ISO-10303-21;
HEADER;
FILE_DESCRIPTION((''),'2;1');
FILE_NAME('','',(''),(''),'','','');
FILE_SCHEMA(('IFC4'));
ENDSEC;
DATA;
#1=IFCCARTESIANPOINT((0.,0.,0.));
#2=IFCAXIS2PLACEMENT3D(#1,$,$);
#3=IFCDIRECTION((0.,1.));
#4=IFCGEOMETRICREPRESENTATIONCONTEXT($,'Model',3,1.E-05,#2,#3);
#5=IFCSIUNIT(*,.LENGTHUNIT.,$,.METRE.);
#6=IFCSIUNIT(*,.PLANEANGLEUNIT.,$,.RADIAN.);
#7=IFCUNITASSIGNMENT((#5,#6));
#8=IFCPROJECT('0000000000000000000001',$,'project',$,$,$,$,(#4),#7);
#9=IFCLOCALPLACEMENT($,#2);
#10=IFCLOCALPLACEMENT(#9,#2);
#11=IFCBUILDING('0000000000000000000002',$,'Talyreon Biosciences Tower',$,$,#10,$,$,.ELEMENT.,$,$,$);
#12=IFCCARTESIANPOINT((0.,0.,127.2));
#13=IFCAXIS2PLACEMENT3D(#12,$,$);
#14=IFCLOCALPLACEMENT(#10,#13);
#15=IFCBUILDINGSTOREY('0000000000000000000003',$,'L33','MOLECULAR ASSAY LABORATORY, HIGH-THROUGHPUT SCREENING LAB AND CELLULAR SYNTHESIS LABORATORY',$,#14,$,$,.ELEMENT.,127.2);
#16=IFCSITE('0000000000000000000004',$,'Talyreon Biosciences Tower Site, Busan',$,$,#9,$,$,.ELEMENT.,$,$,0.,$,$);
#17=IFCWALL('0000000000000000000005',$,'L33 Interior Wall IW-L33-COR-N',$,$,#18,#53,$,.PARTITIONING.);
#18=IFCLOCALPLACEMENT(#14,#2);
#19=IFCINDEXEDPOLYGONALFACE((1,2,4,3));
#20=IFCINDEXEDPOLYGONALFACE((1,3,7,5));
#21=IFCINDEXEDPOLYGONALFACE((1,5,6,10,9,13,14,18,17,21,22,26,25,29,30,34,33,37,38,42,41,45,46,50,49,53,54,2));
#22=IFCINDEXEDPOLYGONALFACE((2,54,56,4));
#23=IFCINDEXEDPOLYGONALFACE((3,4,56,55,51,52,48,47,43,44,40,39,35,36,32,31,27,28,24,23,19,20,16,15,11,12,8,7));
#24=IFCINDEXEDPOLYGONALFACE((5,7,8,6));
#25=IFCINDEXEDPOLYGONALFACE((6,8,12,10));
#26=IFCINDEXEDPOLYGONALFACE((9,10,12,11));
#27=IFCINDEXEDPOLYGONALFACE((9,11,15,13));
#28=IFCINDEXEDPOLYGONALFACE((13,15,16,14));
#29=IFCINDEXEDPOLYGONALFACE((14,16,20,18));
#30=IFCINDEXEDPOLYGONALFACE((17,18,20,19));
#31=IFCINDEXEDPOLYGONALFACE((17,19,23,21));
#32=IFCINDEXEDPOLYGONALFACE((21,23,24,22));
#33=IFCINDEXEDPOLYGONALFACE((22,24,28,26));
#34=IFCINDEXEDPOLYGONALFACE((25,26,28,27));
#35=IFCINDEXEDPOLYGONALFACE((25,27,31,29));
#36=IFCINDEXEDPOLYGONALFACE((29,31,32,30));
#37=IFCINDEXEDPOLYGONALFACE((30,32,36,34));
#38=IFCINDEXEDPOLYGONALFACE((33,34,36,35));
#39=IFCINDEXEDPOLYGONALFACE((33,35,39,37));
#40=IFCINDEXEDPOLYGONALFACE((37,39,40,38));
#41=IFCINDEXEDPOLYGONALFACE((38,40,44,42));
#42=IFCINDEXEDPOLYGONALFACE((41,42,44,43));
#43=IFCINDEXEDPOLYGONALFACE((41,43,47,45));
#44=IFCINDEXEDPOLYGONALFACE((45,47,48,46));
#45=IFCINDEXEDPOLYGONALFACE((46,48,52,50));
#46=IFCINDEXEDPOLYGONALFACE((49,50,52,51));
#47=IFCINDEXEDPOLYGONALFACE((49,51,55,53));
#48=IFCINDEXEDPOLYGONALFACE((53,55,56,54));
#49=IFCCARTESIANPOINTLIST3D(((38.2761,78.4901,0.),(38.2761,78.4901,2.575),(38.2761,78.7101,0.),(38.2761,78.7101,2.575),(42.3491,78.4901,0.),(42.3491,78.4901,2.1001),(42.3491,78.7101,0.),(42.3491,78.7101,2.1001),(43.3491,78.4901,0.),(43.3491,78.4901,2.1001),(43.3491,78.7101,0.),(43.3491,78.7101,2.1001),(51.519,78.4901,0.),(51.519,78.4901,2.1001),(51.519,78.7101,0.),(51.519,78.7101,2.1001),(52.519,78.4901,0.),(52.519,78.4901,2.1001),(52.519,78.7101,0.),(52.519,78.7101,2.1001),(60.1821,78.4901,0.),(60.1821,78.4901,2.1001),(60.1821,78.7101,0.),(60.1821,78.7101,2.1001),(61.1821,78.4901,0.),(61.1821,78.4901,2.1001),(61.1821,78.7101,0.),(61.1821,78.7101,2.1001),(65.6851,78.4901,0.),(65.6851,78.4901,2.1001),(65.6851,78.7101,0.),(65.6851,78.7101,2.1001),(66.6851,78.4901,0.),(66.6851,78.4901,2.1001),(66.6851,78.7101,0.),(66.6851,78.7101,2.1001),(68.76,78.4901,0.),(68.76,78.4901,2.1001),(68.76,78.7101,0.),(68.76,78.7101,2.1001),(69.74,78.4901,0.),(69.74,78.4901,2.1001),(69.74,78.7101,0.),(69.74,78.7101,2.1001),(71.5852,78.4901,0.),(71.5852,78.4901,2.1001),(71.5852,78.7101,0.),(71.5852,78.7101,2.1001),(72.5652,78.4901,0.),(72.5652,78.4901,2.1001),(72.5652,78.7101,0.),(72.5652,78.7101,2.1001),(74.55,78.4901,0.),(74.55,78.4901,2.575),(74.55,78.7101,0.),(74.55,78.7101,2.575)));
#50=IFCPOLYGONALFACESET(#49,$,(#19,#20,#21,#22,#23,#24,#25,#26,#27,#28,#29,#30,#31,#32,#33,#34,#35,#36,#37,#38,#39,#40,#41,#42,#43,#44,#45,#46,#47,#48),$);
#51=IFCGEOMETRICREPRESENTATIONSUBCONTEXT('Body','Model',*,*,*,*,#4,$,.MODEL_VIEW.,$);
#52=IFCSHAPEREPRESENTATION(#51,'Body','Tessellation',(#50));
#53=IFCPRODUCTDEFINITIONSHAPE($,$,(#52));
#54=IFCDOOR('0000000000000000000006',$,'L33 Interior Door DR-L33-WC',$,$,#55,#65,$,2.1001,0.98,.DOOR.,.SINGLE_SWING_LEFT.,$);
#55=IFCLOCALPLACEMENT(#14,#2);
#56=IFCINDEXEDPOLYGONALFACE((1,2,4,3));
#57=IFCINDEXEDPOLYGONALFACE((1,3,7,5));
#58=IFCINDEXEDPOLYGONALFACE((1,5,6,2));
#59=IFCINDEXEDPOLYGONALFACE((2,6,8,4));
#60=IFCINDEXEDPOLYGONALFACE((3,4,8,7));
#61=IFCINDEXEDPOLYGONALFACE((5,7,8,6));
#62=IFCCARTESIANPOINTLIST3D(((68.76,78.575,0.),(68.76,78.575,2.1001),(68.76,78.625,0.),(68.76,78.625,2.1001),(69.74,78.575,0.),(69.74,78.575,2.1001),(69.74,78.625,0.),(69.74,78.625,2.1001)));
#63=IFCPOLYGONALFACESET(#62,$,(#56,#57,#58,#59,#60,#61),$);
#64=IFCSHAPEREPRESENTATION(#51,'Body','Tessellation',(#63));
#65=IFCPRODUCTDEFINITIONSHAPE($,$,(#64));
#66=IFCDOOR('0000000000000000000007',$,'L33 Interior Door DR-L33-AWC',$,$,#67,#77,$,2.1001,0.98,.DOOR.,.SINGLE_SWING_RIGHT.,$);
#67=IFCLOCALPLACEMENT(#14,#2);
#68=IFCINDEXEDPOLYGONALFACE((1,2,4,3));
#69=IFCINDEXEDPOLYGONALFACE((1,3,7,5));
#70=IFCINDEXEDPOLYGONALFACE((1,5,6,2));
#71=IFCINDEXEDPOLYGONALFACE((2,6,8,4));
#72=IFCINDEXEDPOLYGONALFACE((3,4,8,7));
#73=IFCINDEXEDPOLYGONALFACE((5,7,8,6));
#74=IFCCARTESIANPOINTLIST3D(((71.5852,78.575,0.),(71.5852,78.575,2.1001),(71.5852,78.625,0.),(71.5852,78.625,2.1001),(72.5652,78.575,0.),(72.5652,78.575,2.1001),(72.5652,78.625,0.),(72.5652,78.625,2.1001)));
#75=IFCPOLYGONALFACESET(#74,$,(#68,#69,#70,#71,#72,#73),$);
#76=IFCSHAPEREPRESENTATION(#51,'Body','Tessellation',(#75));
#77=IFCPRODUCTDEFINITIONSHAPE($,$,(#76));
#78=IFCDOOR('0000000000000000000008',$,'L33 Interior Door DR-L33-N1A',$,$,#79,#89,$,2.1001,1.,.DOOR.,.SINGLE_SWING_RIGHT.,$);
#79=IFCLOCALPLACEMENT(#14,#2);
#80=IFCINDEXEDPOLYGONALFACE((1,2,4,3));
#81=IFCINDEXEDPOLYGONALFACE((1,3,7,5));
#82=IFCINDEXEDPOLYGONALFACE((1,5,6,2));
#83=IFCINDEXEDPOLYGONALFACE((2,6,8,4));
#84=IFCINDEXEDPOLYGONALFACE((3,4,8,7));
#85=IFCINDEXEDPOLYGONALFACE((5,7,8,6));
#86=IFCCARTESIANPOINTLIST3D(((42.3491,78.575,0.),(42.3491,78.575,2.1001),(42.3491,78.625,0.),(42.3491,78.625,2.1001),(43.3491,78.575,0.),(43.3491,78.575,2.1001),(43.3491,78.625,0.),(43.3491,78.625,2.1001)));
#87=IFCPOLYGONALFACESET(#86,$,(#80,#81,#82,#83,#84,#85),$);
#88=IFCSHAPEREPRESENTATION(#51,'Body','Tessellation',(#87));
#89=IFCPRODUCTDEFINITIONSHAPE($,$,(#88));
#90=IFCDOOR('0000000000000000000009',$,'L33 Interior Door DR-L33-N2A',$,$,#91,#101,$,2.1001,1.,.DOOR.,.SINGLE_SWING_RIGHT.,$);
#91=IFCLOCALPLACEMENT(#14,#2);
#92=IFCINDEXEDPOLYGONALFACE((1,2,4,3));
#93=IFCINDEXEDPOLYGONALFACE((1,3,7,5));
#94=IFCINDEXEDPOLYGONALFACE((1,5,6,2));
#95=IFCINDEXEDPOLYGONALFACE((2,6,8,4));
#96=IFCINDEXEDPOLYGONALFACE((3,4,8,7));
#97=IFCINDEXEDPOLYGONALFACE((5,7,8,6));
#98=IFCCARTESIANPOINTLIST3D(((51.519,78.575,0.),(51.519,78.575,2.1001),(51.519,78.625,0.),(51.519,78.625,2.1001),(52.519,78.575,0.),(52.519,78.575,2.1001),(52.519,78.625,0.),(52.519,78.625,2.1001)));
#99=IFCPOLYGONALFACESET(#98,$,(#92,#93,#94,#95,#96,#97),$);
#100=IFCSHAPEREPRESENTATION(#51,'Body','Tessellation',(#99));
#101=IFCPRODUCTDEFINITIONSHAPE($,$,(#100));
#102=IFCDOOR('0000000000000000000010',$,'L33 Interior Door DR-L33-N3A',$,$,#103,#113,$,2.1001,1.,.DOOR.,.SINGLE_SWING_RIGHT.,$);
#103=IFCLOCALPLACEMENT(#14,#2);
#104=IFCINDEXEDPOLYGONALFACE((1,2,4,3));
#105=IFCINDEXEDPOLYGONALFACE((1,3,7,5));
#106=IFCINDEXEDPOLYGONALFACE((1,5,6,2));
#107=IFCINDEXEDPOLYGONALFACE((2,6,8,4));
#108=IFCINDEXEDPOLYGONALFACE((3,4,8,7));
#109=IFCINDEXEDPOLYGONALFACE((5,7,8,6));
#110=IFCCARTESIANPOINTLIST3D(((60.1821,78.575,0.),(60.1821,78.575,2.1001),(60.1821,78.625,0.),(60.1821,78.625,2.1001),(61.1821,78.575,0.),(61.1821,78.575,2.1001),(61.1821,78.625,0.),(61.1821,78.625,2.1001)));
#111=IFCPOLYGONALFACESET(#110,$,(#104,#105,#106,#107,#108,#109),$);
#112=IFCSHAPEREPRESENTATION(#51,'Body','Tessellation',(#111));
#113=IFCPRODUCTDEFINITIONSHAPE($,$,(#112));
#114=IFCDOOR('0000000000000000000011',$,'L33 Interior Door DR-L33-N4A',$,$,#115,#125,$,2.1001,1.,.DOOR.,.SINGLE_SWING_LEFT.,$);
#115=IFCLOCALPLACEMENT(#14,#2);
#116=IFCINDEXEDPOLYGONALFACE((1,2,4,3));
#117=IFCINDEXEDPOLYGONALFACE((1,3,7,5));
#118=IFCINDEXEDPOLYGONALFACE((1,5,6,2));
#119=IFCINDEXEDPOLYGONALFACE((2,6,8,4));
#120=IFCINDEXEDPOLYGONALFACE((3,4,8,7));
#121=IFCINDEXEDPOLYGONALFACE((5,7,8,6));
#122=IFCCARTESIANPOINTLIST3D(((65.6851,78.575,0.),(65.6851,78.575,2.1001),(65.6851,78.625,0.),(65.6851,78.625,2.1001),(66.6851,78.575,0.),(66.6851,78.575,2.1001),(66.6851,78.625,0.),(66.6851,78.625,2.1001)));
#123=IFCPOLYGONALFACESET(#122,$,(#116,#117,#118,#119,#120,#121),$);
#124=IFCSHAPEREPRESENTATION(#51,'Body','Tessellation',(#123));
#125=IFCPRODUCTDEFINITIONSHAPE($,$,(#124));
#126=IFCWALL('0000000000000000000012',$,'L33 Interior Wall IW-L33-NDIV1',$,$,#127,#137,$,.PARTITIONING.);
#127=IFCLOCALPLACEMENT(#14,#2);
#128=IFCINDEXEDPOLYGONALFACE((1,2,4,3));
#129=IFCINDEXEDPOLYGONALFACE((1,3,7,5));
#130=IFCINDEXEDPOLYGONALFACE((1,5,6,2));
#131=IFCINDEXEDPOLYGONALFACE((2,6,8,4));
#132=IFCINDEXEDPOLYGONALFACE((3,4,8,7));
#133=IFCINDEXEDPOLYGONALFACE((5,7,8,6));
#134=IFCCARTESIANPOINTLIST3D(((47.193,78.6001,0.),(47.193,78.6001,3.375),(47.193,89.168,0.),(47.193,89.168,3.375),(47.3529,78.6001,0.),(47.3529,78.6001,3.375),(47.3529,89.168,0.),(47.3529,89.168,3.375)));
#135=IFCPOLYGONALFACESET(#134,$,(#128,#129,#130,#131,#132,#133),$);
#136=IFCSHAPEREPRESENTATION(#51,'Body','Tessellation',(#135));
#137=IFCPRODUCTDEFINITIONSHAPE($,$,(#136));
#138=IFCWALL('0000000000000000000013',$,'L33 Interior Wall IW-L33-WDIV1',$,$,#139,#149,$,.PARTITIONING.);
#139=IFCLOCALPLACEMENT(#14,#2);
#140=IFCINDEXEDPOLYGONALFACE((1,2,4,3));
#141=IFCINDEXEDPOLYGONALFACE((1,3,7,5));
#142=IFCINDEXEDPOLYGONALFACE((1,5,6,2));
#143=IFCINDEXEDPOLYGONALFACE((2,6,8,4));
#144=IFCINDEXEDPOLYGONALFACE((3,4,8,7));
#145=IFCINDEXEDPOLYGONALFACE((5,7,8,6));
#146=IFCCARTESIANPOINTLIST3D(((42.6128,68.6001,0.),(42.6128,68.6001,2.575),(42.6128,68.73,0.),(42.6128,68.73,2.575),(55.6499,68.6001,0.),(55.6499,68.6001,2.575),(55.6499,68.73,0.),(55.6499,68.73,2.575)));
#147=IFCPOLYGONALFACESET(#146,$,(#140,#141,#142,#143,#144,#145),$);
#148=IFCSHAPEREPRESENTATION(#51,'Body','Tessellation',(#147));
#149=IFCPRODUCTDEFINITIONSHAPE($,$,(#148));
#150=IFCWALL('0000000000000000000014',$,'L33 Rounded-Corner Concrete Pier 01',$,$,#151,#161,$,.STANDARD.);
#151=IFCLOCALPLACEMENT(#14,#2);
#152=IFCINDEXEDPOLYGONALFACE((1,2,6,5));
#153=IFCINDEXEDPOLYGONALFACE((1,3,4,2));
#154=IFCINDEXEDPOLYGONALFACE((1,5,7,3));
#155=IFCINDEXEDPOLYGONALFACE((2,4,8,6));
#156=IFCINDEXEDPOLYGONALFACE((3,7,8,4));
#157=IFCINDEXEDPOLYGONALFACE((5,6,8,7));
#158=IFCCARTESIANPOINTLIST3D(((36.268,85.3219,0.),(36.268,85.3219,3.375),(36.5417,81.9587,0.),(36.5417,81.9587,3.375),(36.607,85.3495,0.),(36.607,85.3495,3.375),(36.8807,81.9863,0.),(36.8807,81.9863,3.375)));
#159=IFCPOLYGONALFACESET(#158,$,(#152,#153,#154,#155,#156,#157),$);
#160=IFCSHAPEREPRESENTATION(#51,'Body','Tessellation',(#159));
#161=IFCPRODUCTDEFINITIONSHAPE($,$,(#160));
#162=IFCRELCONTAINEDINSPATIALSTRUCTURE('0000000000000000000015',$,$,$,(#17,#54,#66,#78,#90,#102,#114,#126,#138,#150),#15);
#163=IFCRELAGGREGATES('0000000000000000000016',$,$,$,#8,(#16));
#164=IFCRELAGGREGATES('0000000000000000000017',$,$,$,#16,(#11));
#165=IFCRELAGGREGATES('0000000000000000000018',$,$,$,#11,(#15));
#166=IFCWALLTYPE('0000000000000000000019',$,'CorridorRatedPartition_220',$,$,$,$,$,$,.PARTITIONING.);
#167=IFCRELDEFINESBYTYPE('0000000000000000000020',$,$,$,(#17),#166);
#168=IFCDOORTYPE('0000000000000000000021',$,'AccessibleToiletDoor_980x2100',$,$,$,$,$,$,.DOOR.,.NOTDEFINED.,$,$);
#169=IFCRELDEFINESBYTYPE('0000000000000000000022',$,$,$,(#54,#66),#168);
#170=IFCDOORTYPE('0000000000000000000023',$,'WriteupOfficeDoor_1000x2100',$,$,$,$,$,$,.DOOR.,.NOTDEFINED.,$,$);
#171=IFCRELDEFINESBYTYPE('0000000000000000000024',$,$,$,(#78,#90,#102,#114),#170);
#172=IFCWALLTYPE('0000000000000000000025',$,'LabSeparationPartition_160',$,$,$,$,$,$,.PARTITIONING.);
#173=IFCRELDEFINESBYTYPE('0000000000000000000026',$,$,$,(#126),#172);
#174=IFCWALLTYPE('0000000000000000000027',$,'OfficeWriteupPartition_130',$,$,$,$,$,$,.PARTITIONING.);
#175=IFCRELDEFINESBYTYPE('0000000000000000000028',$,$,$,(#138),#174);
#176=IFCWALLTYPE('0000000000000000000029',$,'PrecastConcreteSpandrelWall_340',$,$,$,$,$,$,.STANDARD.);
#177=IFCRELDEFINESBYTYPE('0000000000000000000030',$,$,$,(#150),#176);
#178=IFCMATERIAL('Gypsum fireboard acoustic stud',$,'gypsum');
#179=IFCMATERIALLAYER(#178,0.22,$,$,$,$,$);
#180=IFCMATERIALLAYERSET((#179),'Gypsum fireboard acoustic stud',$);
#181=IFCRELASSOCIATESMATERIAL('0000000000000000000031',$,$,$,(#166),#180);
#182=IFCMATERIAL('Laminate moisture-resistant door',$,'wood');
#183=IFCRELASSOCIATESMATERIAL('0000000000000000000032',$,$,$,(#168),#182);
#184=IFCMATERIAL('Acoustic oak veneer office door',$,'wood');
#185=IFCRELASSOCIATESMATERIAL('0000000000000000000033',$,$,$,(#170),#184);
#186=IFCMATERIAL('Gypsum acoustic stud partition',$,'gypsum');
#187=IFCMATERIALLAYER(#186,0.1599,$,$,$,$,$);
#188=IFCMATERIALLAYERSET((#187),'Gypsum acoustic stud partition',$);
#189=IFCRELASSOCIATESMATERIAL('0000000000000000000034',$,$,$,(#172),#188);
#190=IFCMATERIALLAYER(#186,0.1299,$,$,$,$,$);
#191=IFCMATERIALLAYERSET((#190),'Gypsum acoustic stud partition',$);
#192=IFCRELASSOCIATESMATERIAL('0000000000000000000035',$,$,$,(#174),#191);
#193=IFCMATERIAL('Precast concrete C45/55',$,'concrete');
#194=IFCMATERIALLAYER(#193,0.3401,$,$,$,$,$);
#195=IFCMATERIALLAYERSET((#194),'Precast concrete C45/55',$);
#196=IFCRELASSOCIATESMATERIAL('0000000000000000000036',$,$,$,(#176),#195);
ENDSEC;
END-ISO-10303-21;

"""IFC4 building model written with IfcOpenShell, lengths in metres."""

from ifc_helpers import new_model, si_unit, direction, frame, frame_2d, origin, place, context, subcontext, project, spatial, rectangle, extrude, material, layer, layer_set, type_object, element, fill, save


model = new_model("IFC4")

# Units and contexts
model_context = context("Model", 3, precision=1e-05, world=origin(), true_north=direction((0.0, 1.0)))
body_context = subcontext(model_context, "Body", "Model", "MODEL_VIEW")
ifc_project = project(units=[si_unit("LENGTHUNIT", "METRE"), si_unit("PLANEANGLEUNIT", "RADIAN")], contexts=[model_context])

# Site, building, storey
site_placement = place(None, origin())
site = spatial("IfcSite", under=ifc_project, at=site_placement, Name="Talyreon Biosciences Tower Site, Busan", CompositionType="ELEMENT", RefElevation=0.0)
building_placement = place(site_placement, origin())
building = spatial("IfcBuilding", under=site, at=building_placement, Name="Talyreon Biosciences Tower", CompositionType="ELEMENT")
storey_placement = place(building_placement, frame((0.0, 0.0, 127.2)))
storey = spatial("IfcBuildingStorey", under=building, at=storey_placement, Name="L33", Description="MOLECULAR ASSAY LABORATORY, HIGH-THROUGHPUT SCREENING LAB AND CELLULAR SYNTHESIS LABORATORY", CompositionType="ELEMENT", Elevation=127.2)

# Shared definitions
ifc_material_1 = material(Name="Precast concrete C45/55", Category="concrete")

# Wall, openings, doors
ifc_material_2 = material(Name="Gypsum fireboard acoustic stud", Category="gypsum")
ifc_layer_1 = layer(ifc_material_2, 0.22)
ifc_layer_set_1 = layer_set([ifc_layer_1], Name="Gypsum fireboard acoustic stud")
wall_type_1 = type_object("IfcWallType", Name="CorridorRatedPartition_220", PredefinedType="PARTITIONING", material=ifc_layer_set_1)
wall_1_placement = place(storey_placement, frame((38.2761, 78.6001, 0.0), z_axis=(0.0, 0.0, 1.0), x_axis=(1.0, 0.0, 0.0)))
wall_1 = element("IfcWall", 1, at=wall_1_placement, inside=storey, type_object=wall_type_1, Name="L33 Interior Wall IW-L33-COR-N", PredefinedType="PARTITIONING", context=body_context, shape_type="SweptSolid", body=[
    extrude(rectangle(XDim=36.2739, YDim=0.22, at=frame_2d((18.137, 0.0))), origin(), (0.0, 0.0, 1.0), 2.575),
])
opening_1_placement = place(wall_1_placement, frame((30.4839, 0.0, 0.0)))
opening_1 = element("IfcOpeningElement", 2, at=opening_1_placement, cuts=wall_1, PredefinedType="OPENING", context=body_context, shape_type="SweptSolid", body=[
    extrude(rectangle(XDim=0.98, YDim=2.1001, at=frame_2d((0.49, 1.05))), frame((0.0, 0.1199, 0.0), z_axis=(0.0, -1.0, 0.0), x_axis=(1.0, 0.0, 0.0)), (0.0, 0.0, 1.0), 0.24),
])
opening_2_placement = place(wall_1_placement, frame((33.3091, 0.0, 0.0)))
opening_2 = element("IfcOpeningElement", 3, at=opening_2_placement, cuts=wall_1, PredefinedType="OPENING", context=body_context, shape_type="SweptSolid", body=[
    extrude(rectangle(XDim=0.98, YDim=2.1001, at=frame_2d((0.49, 1.05))), frame((0.0, 0.1199, 0.0), z_axis=(0.0, -1.0, 0.0), x_axis=(1.0, 0.0, 0.0)), (0.0, 0.0, 1.0), 0.24),
])
opening_3_placement = place(wall_1_placement, frame((4.073, 0.0, 0.0)))
opening_3 = element("IfcOpeningElement", 4, at=opening_3_placement, cuts=wall_1, PredefinedType="OPENING", context=body_context, shape_type="SweptSolid", body=[
    extrude(rectangle(XDim=1.0, YDim=2.1001, at=frame_2d((0.5, 1.05))), frame((0.0, 0.1199, 0.0), z_axis=(0.0, -1.0, 0.0), x_axis=(1.0, 0.0, 0.0)), (0.0, 0.0, 1.0), 0.24),
])
opening_4_placement = place(wall_1_placement, frame((13.2429, 0.0, 0.0)))
opening_4 = element("IfcOpeningElement", 5, at=opening_4_placement, cuts=wall_1, PredefinedType="OPENING", context=body_context, shape_type="SweptSolid", body=[
    extrude(rectangle(XDim=1.0, YDim=2.1001, at=frame_2d((0.5, 1.05))), frame((0.0, 0.1199, 0.0), z_axis=(0.0, -1.0, 0.0), x_axis=(1.0, 0.0, 0.0)), (0.0, 0.0, 1.0), 0.24),
])
opening_5_placement = place(wall_1_placement, frame((21.906, 0.0, 0.0)))
opening_5 = element("IfcOpeningElement", 6, at=opening_5_placement, cuts=wall_1, PredefinedType="OPENING", context=body_context, shape_type="SweptSolid", body=[
    extrude(rectangle(XDim=1.0, YDim=2.1001, at=frame_2d((0.5, 1.05))), frame((0.0, 0.1199, 0.0), z_axis=(0.0, -1.0, 0.0), x_axis=(1.0, 0.0, 0.0)), (0.0, 0.0, 1.0), 0.24),
])
opening_6_placement = place(wall_1_placement, frame((27.4089, 0.0, 0.0)))
opening_6 = element("IfcOpeningElement", 7, at=opening_6_placement, cuts=wall_1, PredefinedType="OPENING", context=body_context, shape_type="SweptSolid", body=[
    extrude(rectangle(XDim=1.0, YDim=2.1001, at=frame_2d((0.5, 1.05))), frame((0.0, 0.1199, 0.0), z_axis=(0.0, -1.0, 0.0), x_axis=(1.0, 0.0, 0.0)), (0.0, 0.0, 1.0), 0.24),
])
ifc_material_3 = material(Name="Laminate moisture-resistant door", Category="wood")
door_type_1 = type_object("IfcDoorType", Name="AccessibleToiletDoor_980x2100", OperationType="NOTDEFINED", PredefinedType="DOOR", material=ifc_material_3)
door_1_placement = place(opening_1_placement, origin())
door_1 = element("IfcDoor", 8, at=door_1_placement, inside=storey, type_object=door_type_1, Name="L33 Interior Door DR-L33-WC", OperationType="SINGLE_SWING_LEFT", OverallHeight=2.1001, OverallWidth=0.98, PredefinedType="DOOR", context=body_context, shape_type="SweptSolid", body=[
    extrude(rectangle(XDim=0.98, YDim=2.1001, at=frame_2d((0.49, 1.05))), frame((0.0, 0.0249, 0.0), z_axis=(0.0, -1.0, 0.0), x_axis=(1.0, 0.0, 0.0)), (0.0, 0.0, 1.0), 0.05),
])
fill(opening_1, door_1)
door_2_placement = place(opening_2_placement, origin())
door_2 = element("IfcDoor", 9, at=door_2_placement, inside=storey, type_object=door_type_1, Name="L33 Interior Door DR-L33-AWC", OperationType="SINGLE_SWING_RIGHT", OverallHeight=2.1001, OverallWidth=0.98, PredefinedType="DOOR", context=body_context, shape_type="SweptSolid", body=[
    extrude(rectangle(XDim=0.98, YDim=2.1001, at=frame_2d((0.49, 1.05))), frame((0.0, 0.0249, 0.0), z_axis=(0.0, -1.0, 0.0), x_axis=(1.0, 0.0, 0.0)), (0.0, 0.0, 1.0), 0.05),
])
fill(opening_2, door_2)
ifc_material_4 = material(Name="Acoustic oak veneer office door", Category="wood")
door_type_2 = type_object("IfcDoorType", Name="WriteupOfficeDoor_1000x2100", OperationType="NOTDEFINED", PredefinedType="DOOR", material=ifc_material_4)
door_3_placement = place(opening_3_placement, origin())
door_3 = element("IfcDoor", 10, at=door_3_placement, inside=storey, type_object=door_type_2, Name="L33 Interior Door DR-L33-N1A", OperationType="SINGLE_SWING_RIGHT", OverallHeight=2.1001, OverallWidth=1.0, PredefinedType="DOOR", context=body_context, shape_type="SweptSolid", body=[
    extrude(rectangle(XDim=1.0, YDim=2.1001, at=frame_2d((0.5, 1.05))), frame((0.0, 0.0249, 0.0), z_axis=(0.0, -1.0, 0.0), x_axis=(1.0, 0.0, 0.0)), (0.0, 0.0, 1.0), 0.05),
])
fill(opening_3, door_3)
door_4_placement = place(opening_4_placement, origin())
door_4 = element("IfcDoor", 11, at=door_4_placement, inside=storey, type_object=door_type_2, Name="L33 Interior Door DR-L33-N2A", OperationType="SINGLE_SWING_RIGHT", OverallHeight=2.1001, OverallWidth=1.0, PredefinedType="DOOR", context=body_context, shape_type="SweptSolid", body=[
    extrude(rectangle(XDim=1.0, YDim=2.1001, at=frame_2d((0.5, 1.05))), frame((0.0, 0.0249, 0.0), z_axis=(0.0, -1.0, 0.0), x_axis=(1.0, 0.0, 0.0)), (0.0, 0.0, 1.0), 0.05),
])
fill(opening_4, door_4)
door_5_placement = place(opening_5_placement, origin())
door_5 = element("IfcDoor", 12, at=door_5_placement, inside=storey, type_object=door_type_2, Name="L33 Interior Door DR-L33-N3A", OperationType="SINGLE_SWING_RIGHT", OverallHeight=2.1001, OverallWidth=1.0, PredefinedType="DOOR", context=body_context, shape_type="SweptSolid", body=[
    extrude(rectangle(XDim=1.0, YDim=2.1001, at=frame_2d((0.5, 1.05))), frame((0.0, 0.0249, 0.0), z_axis=(0.0, -1.0, 0.0), x_axis=(1.0, 0.0, 0.0)), (0.0, 0.0, 1.0), 0.05),
])
fill(opening_5, door_5)
door_6_placement = place(opening_6_placement, origin())
door_6 = element("IfcDoor", 13, at=door_6_placement, inside=storey, type_object=door_type_2, Name="L33 Interior Door DR-L33-N4A", OperationType="SINGLE_SWING_LEFT", OverallHeight=2.1001, OverallWidth=1.0, PredefinedType="DOOR", context=body_context, shape_type="SweptSolid", body=[
    extrude(rectangle(XDim=1.0, YDim=2.1001, at=frame_2d((0.5, 1.05))), frame((0.0, 0.0249, 0.0), z_axis=(0.0, -1.0, 0.0), x_axis=(1.0, 0.0, 0.0)), (0.0, 0.0, 1.0), 0.05),
])
fill(opening_6, door_6)

# Walls
ifc_material_5 = material(Name="Gypsum acoustic stud partition", Category="gypsum")
ifc_layer_2 = layer(ifc_material_5, 0.1599)
ifc_layer_set_2 = layer_set([ifc_layer_2], Name="Gypsum acoustic stud partition")
wall_type_2 = type_object("IfcWallType", Name="LabSeparationPartition_160", PredefinedType="PARTITIONING", material=ifc_layer_set_2)
wall_2_placement = place(storey_placement, frame((47.2729, 78.6001, 0.0), z_axis=(0.0, 0.0, 1.0), x_axis=(0.0, 1.0, 0.0)))
element("IfcWall", 14, at=wall_2_placement, inside=storey, type_object=wall_type_2, Name="L33 Interior Wall IW-L33-NDIV1", PredefinedType="PARTITIONING", context=body_context, shape_type="SweptSolid", body=[
    extrude(rectangle(XDim=10.5679, YDim=0.1599, at=frame_2d((5.2839, 0.0))), origin(), (0.0, 0.0, 1.0), 3.375),
])
ifc_layer_3 = layer(ifc_material_5, 0.1299)
ifc_layer_set_3 = layer_set([ifc_layer_3], Name="Gypsum acoustic stud partition")
wall_type_3 = type_object("IfcWallType", Name="OfficeWriteupPartition_130", PredefinedType="PARTITIONING", material=ifc_layer_set_3)
wall_3_placement = place(storey_placement, frame((42.6128, 68.665, 0.0), z_axis=(0.0, 0.0, 1.0), x_axis=(1.0, 0.0, 0.0)))
element("IfcWall", 15, at=wall_3_placement, inside=storey, type_object=wall_type_3, Name="L33 Interior Wall IW-L33-WDIV1", PredefinedType="PARTITIONING", context=body_context, shape_type="SweptSolid", body=[
    extrude(rectangle(XDim=13.0371, YDim=0.1299, at=frame_2d((6.5186, 0.0))), origin(), (0.0, 0.0, 1.0), 2.575),
])
ifc_layer_4 = layer(ifc_material_1, 0.3401)
ifc_layer_set_4 = layer_set([ifc_layer_4], Name="Precast concrete C45/55")
wall_type_4 = type_object("IfcWallType", Name="PrecastConcreteSpandrelWall_340", PredefinedType="STANDARD", material=ifc_layer_set_4)
wall_4_placement = place(storey_placement, frame((36.7112, 81.9727, 0.0), z_axis=(0.0, 0.0, 1.0), x_axis=(-0.081111, 0.996705, 0.0)))
element("IfcWall", 16, at=wall_4_placement, inside=storey, type_object=wall_type_4, Name="L33 Rounded-Corner Concrete Pier 01", PredefinedType="STANDARD", context=body_context, shape_type="SweptSolid", body=[
    extrude(rectangle(XDim=3.3743, YDim=0.3401, at=frame_2d((1.687, 0.0))), origin(), (0.0, 0.0, 1.0), 3.375),
])

save(model, "model.ifc")
